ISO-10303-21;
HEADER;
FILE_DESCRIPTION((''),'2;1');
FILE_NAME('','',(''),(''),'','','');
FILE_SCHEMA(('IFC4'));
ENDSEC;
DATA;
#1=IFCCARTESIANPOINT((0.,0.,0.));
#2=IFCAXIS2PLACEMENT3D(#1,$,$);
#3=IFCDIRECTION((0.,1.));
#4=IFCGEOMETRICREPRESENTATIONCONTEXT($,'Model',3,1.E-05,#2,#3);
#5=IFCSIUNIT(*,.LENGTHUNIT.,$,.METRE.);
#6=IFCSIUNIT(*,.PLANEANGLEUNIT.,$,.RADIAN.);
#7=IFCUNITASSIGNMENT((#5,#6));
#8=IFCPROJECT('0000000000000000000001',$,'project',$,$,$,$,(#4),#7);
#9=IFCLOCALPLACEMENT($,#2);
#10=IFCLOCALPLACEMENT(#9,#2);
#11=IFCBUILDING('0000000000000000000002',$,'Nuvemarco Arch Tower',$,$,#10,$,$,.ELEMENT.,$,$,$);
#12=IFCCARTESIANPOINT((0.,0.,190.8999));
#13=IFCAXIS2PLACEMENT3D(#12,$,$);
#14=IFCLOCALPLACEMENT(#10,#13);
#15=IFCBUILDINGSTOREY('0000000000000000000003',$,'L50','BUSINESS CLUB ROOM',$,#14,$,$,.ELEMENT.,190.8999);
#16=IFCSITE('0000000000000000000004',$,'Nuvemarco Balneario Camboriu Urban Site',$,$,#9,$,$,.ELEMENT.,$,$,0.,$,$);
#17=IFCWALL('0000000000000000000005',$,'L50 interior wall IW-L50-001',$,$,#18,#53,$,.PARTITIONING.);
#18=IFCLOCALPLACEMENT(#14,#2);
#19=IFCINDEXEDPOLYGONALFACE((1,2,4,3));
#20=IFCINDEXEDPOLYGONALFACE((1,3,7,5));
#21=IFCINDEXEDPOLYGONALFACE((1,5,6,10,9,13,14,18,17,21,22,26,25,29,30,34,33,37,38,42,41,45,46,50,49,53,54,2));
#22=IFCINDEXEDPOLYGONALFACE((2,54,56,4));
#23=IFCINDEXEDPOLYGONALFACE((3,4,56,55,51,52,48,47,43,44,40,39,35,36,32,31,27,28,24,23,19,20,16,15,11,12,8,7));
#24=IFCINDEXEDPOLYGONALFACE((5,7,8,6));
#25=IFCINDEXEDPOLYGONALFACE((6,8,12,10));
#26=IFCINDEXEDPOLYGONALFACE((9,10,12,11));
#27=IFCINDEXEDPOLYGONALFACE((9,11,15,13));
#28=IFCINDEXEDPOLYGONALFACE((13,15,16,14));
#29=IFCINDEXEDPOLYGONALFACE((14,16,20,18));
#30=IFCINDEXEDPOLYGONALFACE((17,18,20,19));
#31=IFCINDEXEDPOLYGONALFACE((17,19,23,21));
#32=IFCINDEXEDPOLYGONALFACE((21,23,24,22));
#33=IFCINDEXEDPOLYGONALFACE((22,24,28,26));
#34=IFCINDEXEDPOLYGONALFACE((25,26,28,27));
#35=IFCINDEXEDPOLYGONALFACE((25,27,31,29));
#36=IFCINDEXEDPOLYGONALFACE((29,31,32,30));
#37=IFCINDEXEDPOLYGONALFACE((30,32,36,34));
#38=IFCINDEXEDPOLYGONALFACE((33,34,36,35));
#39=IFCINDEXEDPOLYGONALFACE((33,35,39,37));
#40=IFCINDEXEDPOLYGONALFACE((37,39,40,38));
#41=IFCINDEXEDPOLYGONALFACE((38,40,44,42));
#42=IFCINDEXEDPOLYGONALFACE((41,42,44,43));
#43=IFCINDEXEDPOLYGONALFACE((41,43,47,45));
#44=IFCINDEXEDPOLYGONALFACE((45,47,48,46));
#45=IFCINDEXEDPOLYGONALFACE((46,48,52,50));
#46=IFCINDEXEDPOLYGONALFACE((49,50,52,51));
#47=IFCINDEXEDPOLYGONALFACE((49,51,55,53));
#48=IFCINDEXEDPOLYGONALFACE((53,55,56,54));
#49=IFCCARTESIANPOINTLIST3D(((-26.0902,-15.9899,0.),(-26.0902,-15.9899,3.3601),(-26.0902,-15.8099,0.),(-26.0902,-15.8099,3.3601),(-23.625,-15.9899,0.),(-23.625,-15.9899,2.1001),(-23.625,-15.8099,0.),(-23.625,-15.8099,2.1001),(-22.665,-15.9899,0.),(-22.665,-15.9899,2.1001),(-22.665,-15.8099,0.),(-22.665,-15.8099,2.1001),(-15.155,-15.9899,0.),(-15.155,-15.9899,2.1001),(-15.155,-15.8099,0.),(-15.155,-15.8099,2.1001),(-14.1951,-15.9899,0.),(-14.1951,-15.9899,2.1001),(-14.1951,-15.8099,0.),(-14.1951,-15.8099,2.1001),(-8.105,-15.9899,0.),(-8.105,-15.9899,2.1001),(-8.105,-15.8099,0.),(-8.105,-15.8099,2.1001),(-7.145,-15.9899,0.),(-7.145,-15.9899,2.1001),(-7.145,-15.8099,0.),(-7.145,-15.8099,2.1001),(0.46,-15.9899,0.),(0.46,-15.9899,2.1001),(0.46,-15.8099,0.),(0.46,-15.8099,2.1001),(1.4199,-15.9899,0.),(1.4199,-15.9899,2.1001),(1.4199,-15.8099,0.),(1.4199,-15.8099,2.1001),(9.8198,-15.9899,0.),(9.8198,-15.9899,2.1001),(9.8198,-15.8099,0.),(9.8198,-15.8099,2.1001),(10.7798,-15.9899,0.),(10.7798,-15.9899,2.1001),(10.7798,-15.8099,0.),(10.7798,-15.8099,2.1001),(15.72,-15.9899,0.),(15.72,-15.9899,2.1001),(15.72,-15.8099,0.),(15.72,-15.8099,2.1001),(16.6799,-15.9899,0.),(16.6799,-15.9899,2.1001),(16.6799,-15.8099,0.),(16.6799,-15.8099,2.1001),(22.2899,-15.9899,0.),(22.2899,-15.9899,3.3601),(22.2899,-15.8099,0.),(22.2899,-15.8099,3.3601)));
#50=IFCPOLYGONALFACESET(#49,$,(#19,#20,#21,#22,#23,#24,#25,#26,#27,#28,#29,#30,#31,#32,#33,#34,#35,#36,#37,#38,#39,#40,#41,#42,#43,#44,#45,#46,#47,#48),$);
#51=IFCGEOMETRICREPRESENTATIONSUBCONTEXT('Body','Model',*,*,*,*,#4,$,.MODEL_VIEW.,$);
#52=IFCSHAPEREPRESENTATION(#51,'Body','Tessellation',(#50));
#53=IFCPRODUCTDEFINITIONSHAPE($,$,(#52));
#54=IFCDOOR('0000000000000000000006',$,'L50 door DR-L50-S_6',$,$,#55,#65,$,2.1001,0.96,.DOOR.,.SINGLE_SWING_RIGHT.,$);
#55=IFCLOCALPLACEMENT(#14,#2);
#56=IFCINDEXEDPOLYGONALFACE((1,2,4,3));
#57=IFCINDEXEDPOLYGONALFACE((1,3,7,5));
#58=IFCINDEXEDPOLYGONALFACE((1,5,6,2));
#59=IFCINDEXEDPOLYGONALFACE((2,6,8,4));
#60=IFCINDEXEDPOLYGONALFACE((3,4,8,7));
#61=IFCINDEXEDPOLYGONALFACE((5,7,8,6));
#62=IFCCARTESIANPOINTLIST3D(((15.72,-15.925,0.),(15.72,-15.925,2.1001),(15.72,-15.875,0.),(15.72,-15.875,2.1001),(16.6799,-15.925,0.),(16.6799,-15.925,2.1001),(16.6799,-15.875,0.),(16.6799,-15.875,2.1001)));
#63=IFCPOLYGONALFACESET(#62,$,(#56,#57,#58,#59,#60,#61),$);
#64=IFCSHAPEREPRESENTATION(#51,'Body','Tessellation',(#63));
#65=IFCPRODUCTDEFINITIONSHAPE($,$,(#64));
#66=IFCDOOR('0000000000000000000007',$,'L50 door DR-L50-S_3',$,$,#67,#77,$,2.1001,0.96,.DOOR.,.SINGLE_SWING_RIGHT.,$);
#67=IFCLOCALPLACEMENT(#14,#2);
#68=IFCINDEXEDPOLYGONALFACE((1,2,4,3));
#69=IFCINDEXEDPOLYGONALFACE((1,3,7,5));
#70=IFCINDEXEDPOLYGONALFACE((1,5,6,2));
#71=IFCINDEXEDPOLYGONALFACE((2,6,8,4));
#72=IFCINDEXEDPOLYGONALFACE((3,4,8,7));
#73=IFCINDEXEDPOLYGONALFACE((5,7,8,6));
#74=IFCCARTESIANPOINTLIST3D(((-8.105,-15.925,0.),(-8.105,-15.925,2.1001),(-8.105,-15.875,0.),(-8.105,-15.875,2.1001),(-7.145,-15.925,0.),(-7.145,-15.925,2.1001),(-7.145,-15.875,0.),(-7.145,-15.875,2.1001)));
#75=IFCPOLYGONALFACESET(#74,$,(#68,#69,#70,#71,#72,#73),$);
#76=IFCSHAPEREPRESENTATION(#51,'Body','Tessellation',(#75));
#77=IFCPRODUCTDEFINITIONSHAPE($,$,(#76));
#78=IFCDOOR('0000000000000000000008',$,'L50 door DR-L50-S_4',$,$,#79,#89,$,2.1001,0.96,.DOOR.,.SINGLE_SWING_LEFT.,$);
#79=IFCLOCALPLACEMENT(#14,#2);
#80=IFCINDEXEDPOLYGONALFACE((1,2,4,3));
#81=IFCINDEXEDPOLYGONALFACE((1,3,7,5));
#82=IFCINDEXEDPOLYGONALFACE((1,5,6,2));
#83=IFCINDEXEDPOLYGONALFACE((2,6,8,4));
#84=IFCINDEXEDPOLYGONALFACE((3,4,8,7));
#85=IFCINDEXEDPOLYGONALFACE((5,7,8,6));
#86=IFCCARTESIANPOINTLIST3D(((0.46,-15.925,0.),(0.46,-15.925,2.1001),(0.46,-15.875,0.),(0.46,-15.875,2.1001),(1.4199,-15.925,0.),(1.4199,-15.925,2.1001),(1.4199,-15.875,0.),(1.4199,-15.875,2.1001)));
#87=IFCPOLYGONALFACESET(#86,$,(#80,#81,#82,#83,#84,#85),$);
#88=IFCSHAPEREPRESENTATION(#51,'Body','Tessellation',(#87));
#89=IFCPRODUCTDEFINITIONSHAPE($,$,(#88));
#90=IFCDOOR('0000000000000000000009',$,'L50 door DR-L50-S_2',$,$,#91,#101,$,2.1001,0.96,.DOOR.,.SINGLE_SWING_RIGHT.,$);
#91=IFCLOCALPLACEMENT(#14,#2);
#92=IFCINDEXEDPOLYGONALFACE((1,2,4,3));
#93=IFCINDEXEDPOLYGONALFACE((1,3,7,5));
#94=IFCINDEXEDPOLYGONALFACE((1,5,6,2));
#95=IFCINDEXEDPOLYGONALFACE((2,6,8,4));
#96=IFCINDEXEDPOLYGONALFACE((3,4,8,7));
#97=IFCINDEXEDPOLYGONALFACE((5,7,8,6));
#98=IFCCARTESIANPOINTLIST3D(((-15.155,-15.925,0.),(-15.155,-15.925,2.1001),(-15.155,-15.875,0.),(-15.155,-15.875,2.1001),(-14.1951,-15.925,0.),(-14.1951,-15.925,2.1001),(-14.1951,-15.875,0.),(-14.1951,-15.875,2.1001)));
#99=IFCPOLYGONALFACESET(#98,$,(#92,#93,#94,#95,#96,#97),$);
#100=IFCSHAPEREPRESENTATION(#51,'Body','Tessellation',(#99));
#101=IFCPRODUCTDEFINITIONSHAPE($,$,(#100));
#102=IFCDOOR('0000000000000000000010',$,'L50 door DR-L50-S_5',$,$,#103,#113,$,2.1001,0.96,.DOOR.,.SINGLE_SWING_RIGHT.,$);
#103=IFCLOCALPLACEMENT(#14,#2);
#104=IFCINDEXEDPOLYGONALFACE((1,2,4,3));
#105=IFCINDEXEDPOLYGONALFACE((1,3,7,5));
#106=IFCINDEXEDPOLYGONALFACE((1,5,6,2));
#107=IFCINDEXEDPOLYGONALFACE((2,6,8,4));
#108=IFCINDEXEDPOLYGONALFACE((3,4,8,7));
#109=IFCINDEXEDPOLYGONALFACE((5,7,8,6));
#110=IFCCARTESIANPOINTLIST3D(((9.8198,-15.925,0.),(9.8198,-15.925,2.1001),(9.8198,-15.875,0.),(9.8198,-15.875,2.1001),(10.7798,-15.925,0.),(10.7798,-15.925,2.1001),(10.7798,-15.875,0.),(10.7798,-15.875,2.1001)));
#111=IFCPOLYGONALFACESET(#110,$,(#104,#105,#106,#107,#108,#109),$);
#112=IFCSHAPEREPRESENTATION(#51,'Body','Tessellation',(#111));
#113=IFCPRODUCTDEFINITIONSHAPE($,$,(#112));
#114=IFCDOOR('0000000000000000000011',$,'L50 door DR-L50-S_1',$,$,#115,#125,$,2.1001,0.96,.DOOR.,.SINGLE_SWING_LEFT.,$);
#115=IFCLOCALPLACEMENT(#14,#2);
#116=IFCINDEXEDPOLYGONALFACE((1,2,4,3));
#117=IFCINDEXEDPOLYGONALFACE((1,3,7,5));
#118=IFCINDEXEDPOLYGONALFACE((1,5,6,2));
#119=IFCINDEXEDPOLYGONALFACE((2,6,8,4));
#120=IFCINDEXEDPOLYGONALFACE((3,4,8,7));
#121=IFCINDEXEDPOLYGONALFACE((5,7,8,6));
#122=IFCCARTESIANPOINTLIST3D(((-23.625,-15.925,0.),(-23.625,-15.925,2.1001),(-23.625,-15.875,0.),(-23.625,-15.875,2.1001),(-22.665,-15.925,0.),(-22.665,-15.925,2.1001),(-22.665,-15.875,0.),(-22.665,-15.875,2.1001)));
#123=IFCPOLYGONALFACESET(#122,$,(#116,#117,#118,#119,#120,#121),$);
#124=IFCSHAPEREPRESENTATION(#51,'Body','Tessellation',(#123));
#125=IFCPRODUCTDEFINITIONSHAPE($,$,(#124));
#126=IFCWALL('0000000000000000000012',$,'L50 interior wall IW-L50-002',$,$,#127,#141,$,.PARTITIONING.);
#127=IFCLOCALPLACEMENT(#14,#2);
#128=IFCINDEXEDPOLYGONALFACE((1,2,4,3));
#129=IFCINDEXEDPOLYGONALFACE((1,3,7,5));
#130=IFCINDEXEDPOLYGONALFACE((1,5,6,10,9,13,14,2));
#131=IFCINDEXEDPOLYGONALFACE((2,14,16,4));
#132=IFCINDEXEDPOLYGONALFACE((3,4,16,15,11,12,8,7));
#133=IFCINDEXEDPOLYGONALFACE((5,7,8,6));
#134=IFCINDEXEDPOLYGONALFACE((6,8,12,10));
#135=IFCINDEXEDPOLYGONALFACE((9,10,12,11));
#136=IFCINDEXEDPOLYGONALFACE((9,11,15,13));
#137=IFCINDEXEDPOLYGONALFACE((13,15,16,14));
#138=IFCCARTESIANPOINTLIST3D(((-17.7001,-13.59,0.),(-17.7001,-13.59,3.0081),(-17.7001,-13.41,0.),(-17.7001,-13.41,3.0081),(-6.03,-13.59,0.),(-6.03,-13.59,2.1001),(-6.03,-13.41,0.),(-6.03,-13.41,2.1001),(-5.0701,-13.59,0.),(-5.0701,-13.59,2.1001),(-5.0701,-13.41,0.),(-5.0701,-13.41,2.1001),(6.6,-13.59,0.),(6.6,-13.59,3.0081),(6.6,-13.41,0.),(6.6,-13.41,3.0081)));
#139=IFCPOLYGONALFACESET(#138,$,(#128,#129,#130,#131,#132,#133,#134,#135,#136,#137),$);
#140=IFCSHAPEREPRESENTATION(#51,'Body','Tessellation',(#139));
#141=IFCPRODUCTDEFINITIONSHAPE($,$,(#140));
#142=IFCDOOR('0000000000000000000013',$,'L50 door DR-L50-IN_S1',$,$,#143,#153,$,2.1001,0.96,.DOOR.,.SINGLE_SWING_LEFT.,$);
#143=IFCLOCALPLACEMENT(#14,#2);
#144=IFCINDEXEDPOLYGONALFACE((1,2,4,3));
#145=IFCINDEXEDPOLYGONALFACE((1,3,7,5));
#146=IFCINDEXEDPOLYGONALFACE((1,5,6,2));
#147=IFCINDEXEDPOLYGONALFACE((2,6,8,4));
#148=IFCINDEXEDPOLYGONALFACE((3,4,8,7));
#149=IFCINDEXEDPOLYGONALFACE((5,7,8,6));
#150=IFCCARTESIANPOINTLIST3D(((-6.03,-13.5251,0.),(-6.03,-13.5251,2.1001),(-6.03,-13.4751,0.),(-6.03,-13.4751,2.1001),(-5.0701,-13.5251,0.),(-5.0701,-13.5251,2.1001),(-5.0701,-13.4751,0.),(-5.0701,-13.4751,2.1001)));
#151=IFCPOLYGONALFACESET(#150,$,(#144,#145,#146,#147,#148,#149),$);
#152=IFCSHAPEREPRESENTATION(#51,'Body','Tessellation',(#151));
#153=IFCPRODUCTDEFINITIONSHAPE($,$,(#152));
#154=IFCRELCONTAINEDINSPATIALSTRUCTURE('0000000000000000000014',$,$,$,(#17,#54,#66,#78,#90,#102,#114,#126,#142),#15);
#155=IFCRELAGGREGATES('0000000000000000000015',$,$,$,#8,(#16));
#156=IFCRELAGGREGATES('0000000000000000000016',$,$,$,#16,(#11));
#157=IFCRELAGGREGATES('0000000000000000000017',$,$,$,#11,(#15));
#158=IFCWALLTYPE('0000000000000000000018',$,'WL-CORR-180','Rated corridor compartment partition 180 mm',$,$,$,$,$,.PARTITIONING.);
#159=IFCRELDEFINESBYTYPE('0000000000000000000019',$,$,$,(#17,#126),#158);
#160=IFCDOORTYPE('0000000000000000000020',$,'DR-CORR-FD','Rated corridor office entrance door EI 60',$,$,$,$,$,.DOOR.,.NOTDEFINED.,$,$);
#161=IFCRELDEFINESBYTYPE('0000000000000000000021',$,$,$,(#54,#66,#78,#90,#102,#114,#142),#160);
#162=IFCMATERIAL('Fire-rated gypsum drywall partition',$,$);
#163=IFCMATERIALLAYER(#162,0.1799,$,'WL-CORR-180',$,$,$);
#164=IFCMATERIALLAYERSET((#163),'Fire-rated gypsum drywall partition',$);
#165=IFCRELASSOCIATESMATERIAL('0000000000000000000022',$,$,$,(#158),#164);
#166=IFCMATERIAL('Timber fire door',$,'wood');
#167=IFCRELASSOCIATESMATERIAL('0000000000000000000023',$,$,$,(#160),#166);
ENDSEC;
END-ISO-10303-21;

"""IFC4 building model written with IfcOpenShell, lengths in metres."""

from ifc_helpers import new_model, si_unit, direction, frame, frame_2d, origin, place, context, subcontext, project, spatial, rectangle, extrude, source, transform, mapped, material, layer, layer_set, type_object, type_shapes, element, fill, save


model = new_model("IFC4")

# Units and contexts
model_context = context("Model", 3, precision=1e-05, world=origin(), true_north=direction((0.0, 1.0)))
body_context = subcontext(model_context, "Body", "Model", "MODEL_VIEW")
ifc_project = project(units=[si_unit("LENGTHUNIT", "METRE"), si_unit("PLANEANGLEUNIT", "RADIAN")], contexts=[model_context])

# Site, building, storey
site_placement = place(None, origin())
site = spatial("IfcSite", under=ifc_project, at=site_placement, Name="Nuvemarco Balneario Camboriu Urban Site", CompositionType="ELEMENT", RefElevation=0.0)
building_placement = place(site_placement, origin())
building = spatial("IfcBuilding", under=site, at=building_placement, Name="Nuvemarco Arch Tower", CompositionType="ELEMENT")
storey_placement = place(building_placement, frame((0.0, 0.0, 190.8999)))
storey = spatial("IfcBuildingStorey", under=building, at=storey_placement, Name="L50", Description="BUSINESS CLUB ROOM", CompositionType="ELEMENT", Elevation=190.8999)

# Wall, openings, doors
ifc_material_1 = material(Name="Fire-rated gypsum drywall partition")
ifc_layer = layer(ifc_material_1, 0.1799, Name="WL-CORR-180")
ifc_layer_set = layer_set([ifc_layer], Name="Fire-rated gypsum drywall partition")
wall_type = type_object("IfcWallType", Name="WL-CORR-180", Description="Rated corridor compartment partition 180 mm", PredefinedType="PARTITIONING", material=ifc_layer_set)
wall_1_placement = place(storey_placement, frame((-26.0901, -15.8999, 0.0), z_axis=(0.0, 0.0, 1.0), x_axis=(1.0, 0.0, 0.0)))
wall_1 = element("IfcWall", 1, at=wall_1_placement, inside=storey, type_object=wall_type, Name="L50 interior wall IW-L50-001", PredefinedType="PARTITIONING", context=body_context, shape_type="SweptSolid", body=[
    extrude(rectangle(XDim=48.3801, YDim=0.1799, at=frame_2d((24.1899, 0.0))), origin(), (0.0, 0.0, 1.0), 3.3601),
])
opening_1_placement = place(wall_1_placement, frame((41.8101, 0.0, 0.0)))
opening_1 = element("IfcOpeningElement", 2, at=opening_1_placement, cuts=wall_1, PredefinedType="OPENING", context=body_context, shape_type="SweptSolid", body=[
    extrude(rectangle(XDim=0.96, YDim=2.1001, at=frame_2d((0.48, 1.05))), frame((0.0, 0.0999, 0.0), z_axis=(0.0, -1.0, 0.0), x_axis=(1.0, 0.0, 0.0)), (0.0, 0.0, 1.0), 0.2),
])
opening_2_placement = place(wall_1_placement, frame((17.9851, 0.0, 0.0)))
opening_2 = element("IfcOpeningElement", 3, at=opening_2_placement, cuts=wall_1, PredefinedType="OPENING", context=body_context, shape_type="SweptSolid", body=[
    extrude(rectangle(XDim=0.96, YDim=2.1001, at=frame_2d((0.48, 1.05))), frame((0.0, 0.0999, 0.0), z_axis=(0.0, -1.0, 0.0), x_axis=(1.0, 0.0, 0.0)), (0.0, 0.0, 1.0), 0.2),
])
opening_3_placement = place(wall_1_placement, frame((26.55, 0.0, 0.0)))
opening_3 = element("IfcOpeningElement", 4, at=opening_3_placement, cuts=wall_1, PredefinedType="OPENING", context=body_context, shape_type="SweptSolid", body=[
    extrude(rectangle(XDim=0.96, YDim=2.1001, at=frame_2d((0.48, 1.05))), frame((0.0, 0.0999, 0.0), z_axis=(0.0, -1.0, 0.0), x_axis=(1.0, 0.0, 0.0)), (0.0, 0.0, 1.0), 0.2),
])
opening_4_placement = place(wall_1_placement, frame((10.9351, 0.0, 0.0)))
opening_4 = element("IfcOpeningElement", 5, at=opening_4_placement, cuts=wall_1, PredefinedType="OPENING", context=body_context, shape_type="SweptSolid", body=[
    extrude(rectangle(XDim=0.96, YDim=2.1001, at=frame_2d((0.48, 1.05))), frame((0.0, 0.0999, 0.0), z_axis=(0.0, -1.0, 0.0), x_axis=(1.0, 0.0, 0.0)), (0.0, 0.0, 1.0), 0.2),
])
opening_5_placement = place(wall_1_placement, frame((35.9099, 0.0, 0.0)))
opening_5 = element("IfcOpeningElement", 6, at=opening_5_placement, cuts=wall_1, PredefinedType="OPENING", context=body_context, shape_type="SweptSolid", body=[
    extrude(rectangle(XDim=0.96, YDim=2.1001, at=frame_2d((0.48, 1.05))), frame((0.0, 0.0999, 0.0), z_axis=(0.0, -1.0, 0.0), x_axis=(1.0, 0.0, 0.0)), (0.0, 0.0, 1.0), 0.2),
])
opening_6_placement = place(wall_1_placement, frame((2.4651, 0.0, 0.0)))
opening_6 = element("IfcOpeningElement", 7, at=opening_6_placement, cuts=wall_1, PredefinedType="OPENING", context=body_context, shape_type="SweptSolid", body=[
    extrude(rectangle(XDim=0.96, YDim=2.1001, at=frame_2d((0.48, 1.05))), frame((0.0, 0.0999, 0.0), z_axis=(0.0, -1.0, 0.0), x_axis=(1.0, 0.0, 0.0)), (0.0, 0.0, 1.0), 0.2),
])
ifc_material_2 = material(Name="Timber fire door", Category="wood")
door_type = type_object("IfcDoorType", Name="DR-CORR-FD", Description="Rated corridor office entrance door EI 60", OperationType="NOTDEFINED", PredefinedType="DOOR", material=ifc_material_2)
shared_shape = source(origin(), body_context, "Body", "SweptSolid", [
    extrude(rectangle(XDim=0.96, YDim=2.1001, at=frame_2d((0.48, 1.05))), frame((0.0, 0.0249, 0.0), z_axis=(0.0, -1.0, 0.0), x_axis=(1.0, 0.0, 0.0)), (0.0, 0.0, 1.0), 0.05),
])
type_shapes(door_type, [shared_shape])
door_1_placement = place(opening_1_placement, origin())
door_1 = element("IfcDoor", 8, at=door_1_placement, inside=storey, type_object=door_type, Name="L50 door DR-L50-S_6", OperationType="SINGLE_SWING_RIGHT", OverallHeight=2.1001, OverallWidth=0.96, PredefinedType="DOOR", context=body_context, shape_type="MappedRepresentation", body=[
    mapped(shared_shape, transform((0.0, 0.0, 0.0), scale=1.0)),
])
fill(opening_1, door_1)
door_2_placement = place(opening_2_placement, origin())
door_2 = element("IfcDoor", 9, at=door_2_placement, inside=storey, type_object=door_type, Name="L50 door DR-L50-S_3", OperationType="SINGLE_SWING_RIGHT", OverallHeight=2.1001, OverallWidth=0.96, PredefinedType="DOOR", context=body_context, shape_type="MappedRepresentation", body=[
    mapped(shared_shape, transform((0.0, 0.0, 0.0), scale=1.0)),
])
fill(opening_2, door_2)
door_3_placement = place(opening_3_placement, origin())
door_3 = element("IfcDoor", 10, at=door_3_placement, inside=storey, type_object=door_type, Name="L50 door DR-L50-S_4", OperationType="SINGLE_SWING_LEFT", OverallHeight=2.1001, OverallWidth=0.96, PredefinedType="DOOR", context=body_context, shape_type="MappedRepresentation", body=[
    mapped(shared_shape, transform((0.0, 0.0, 0.0), scale=1.0)),
])
fill(opening_3, door_3)
door_4_placement = place(opening_4_placement, origin())
door_4 = element("IfcDoor", 11, at=door_4_placement, inside=storey, type_object=door_type, Name="L50 door DR-L50-S_2", OperationType="SINGLE_SWING_RIGHT", OverallHeight=2.1001, OverallWidth=0.96, PredefinedType="DOOR", context=body_context, shape_type="MappedRepresentation", body=[
    mapped(shared_shape, transform((0.0, 0.0, 0.0), scale=1.0)),
])
fill(opening_4, door_4)
door_5_placement = place(opening_5_placement, origin())
door_5 = element("IfcDoor", 12, at=door_5_placement, inside=storey, type_object=door_type, Name="L50 door DR-L50-S_5", OperationType="SINGLE_SWING_RIGHT", OverallHeight=2.1001, OverallWidth=0.96, PredefinedType="DOOR", context=body_context, shape_type="MappedRepresentation", body=[
    mapped(shared_shape, transform((0.0, 0.0, 0.0), scale=1.0)),
])
fill(opening_5, door_5)
door_6_placement = place(opening_6_placement, origin())
door_6 = element("IfcDoor", 13, at=door_6_placement, inside=storey, type_object=door_type, Name="L50 door DR-L50-S_1", OperationType="SINGLE_SWING_LEFT", OverallHeight=2.1001, OverallWidth=0.96, PredefinedType="DOOR", context=body_context, shape_type="MappedRepresentation", body=[
    mapped(shared_shape, transform((0.0, 0.0, 0.0), scale=1.0)),
])
fill(opening_6, door_6)

# Wall, opening, door
wall_2_placement = place(storey_placement, frame((-17.7, -13.5, 0.0), z_axis=(0.0, 0.0, 1.0), x_axis=(1.0, 0.0, 0.0)))
wall_2 = element("IfcWall", 14, at=wall_2_placement, inside=storey, type_object=wall_type, Name="L50 interior wall IW-L50-002", PredefinedType="PARTITIONING", context=body_context, shape_type="SweptSolid", body=[
    extrude(rectangle(XDim=24.3, YDim=0.1799, at=frame_2d((12.1499, 0.0))), origin(), (0.0, 0.0, 1.0), 3.0081),
])
opening_7_placement = place(wall_2_placement, frame((11.6699, 0.0, 0.0)))
opening_7 = element("IfcOpeningElement", 15, at=opening_7_placement, cuts=wall_2, PredefinedType="OPENING", context=body_context, shape_type="SweptSolid", body=[
    extrude(rectangle(XDim=0.96, YDim=2.1001, at=frame_2d((0.48, 1.05))), frame((0.0, 0.0999, 0.0), z_axis=(0.0, -1.0, 0.0), x_axis=(1.0, 0.0, 0.0)), (0.0, 0.0, 1.0), 0.2),
])
door_7_placement = place(opening_7_placement, origin())
door_7 = element("IfcDoor", 16, at=door_7_placement, inside=storey, type_object=door_type, Name="L50 door DR-L50-IN_S1", OperationType="SINGLE_SWING_LEFT", OverallHeight=2.1001, OverallWidth=0.96, PredefinedType="DOOR", context=body_context, shape_type="MappedRepresentation", body=[
    mapped(shared_shape, transform((0.0, 0.0, 0.0), scale=1.0)),
])
fill(opening_7, door_7)

save(model, "model.ifc")
